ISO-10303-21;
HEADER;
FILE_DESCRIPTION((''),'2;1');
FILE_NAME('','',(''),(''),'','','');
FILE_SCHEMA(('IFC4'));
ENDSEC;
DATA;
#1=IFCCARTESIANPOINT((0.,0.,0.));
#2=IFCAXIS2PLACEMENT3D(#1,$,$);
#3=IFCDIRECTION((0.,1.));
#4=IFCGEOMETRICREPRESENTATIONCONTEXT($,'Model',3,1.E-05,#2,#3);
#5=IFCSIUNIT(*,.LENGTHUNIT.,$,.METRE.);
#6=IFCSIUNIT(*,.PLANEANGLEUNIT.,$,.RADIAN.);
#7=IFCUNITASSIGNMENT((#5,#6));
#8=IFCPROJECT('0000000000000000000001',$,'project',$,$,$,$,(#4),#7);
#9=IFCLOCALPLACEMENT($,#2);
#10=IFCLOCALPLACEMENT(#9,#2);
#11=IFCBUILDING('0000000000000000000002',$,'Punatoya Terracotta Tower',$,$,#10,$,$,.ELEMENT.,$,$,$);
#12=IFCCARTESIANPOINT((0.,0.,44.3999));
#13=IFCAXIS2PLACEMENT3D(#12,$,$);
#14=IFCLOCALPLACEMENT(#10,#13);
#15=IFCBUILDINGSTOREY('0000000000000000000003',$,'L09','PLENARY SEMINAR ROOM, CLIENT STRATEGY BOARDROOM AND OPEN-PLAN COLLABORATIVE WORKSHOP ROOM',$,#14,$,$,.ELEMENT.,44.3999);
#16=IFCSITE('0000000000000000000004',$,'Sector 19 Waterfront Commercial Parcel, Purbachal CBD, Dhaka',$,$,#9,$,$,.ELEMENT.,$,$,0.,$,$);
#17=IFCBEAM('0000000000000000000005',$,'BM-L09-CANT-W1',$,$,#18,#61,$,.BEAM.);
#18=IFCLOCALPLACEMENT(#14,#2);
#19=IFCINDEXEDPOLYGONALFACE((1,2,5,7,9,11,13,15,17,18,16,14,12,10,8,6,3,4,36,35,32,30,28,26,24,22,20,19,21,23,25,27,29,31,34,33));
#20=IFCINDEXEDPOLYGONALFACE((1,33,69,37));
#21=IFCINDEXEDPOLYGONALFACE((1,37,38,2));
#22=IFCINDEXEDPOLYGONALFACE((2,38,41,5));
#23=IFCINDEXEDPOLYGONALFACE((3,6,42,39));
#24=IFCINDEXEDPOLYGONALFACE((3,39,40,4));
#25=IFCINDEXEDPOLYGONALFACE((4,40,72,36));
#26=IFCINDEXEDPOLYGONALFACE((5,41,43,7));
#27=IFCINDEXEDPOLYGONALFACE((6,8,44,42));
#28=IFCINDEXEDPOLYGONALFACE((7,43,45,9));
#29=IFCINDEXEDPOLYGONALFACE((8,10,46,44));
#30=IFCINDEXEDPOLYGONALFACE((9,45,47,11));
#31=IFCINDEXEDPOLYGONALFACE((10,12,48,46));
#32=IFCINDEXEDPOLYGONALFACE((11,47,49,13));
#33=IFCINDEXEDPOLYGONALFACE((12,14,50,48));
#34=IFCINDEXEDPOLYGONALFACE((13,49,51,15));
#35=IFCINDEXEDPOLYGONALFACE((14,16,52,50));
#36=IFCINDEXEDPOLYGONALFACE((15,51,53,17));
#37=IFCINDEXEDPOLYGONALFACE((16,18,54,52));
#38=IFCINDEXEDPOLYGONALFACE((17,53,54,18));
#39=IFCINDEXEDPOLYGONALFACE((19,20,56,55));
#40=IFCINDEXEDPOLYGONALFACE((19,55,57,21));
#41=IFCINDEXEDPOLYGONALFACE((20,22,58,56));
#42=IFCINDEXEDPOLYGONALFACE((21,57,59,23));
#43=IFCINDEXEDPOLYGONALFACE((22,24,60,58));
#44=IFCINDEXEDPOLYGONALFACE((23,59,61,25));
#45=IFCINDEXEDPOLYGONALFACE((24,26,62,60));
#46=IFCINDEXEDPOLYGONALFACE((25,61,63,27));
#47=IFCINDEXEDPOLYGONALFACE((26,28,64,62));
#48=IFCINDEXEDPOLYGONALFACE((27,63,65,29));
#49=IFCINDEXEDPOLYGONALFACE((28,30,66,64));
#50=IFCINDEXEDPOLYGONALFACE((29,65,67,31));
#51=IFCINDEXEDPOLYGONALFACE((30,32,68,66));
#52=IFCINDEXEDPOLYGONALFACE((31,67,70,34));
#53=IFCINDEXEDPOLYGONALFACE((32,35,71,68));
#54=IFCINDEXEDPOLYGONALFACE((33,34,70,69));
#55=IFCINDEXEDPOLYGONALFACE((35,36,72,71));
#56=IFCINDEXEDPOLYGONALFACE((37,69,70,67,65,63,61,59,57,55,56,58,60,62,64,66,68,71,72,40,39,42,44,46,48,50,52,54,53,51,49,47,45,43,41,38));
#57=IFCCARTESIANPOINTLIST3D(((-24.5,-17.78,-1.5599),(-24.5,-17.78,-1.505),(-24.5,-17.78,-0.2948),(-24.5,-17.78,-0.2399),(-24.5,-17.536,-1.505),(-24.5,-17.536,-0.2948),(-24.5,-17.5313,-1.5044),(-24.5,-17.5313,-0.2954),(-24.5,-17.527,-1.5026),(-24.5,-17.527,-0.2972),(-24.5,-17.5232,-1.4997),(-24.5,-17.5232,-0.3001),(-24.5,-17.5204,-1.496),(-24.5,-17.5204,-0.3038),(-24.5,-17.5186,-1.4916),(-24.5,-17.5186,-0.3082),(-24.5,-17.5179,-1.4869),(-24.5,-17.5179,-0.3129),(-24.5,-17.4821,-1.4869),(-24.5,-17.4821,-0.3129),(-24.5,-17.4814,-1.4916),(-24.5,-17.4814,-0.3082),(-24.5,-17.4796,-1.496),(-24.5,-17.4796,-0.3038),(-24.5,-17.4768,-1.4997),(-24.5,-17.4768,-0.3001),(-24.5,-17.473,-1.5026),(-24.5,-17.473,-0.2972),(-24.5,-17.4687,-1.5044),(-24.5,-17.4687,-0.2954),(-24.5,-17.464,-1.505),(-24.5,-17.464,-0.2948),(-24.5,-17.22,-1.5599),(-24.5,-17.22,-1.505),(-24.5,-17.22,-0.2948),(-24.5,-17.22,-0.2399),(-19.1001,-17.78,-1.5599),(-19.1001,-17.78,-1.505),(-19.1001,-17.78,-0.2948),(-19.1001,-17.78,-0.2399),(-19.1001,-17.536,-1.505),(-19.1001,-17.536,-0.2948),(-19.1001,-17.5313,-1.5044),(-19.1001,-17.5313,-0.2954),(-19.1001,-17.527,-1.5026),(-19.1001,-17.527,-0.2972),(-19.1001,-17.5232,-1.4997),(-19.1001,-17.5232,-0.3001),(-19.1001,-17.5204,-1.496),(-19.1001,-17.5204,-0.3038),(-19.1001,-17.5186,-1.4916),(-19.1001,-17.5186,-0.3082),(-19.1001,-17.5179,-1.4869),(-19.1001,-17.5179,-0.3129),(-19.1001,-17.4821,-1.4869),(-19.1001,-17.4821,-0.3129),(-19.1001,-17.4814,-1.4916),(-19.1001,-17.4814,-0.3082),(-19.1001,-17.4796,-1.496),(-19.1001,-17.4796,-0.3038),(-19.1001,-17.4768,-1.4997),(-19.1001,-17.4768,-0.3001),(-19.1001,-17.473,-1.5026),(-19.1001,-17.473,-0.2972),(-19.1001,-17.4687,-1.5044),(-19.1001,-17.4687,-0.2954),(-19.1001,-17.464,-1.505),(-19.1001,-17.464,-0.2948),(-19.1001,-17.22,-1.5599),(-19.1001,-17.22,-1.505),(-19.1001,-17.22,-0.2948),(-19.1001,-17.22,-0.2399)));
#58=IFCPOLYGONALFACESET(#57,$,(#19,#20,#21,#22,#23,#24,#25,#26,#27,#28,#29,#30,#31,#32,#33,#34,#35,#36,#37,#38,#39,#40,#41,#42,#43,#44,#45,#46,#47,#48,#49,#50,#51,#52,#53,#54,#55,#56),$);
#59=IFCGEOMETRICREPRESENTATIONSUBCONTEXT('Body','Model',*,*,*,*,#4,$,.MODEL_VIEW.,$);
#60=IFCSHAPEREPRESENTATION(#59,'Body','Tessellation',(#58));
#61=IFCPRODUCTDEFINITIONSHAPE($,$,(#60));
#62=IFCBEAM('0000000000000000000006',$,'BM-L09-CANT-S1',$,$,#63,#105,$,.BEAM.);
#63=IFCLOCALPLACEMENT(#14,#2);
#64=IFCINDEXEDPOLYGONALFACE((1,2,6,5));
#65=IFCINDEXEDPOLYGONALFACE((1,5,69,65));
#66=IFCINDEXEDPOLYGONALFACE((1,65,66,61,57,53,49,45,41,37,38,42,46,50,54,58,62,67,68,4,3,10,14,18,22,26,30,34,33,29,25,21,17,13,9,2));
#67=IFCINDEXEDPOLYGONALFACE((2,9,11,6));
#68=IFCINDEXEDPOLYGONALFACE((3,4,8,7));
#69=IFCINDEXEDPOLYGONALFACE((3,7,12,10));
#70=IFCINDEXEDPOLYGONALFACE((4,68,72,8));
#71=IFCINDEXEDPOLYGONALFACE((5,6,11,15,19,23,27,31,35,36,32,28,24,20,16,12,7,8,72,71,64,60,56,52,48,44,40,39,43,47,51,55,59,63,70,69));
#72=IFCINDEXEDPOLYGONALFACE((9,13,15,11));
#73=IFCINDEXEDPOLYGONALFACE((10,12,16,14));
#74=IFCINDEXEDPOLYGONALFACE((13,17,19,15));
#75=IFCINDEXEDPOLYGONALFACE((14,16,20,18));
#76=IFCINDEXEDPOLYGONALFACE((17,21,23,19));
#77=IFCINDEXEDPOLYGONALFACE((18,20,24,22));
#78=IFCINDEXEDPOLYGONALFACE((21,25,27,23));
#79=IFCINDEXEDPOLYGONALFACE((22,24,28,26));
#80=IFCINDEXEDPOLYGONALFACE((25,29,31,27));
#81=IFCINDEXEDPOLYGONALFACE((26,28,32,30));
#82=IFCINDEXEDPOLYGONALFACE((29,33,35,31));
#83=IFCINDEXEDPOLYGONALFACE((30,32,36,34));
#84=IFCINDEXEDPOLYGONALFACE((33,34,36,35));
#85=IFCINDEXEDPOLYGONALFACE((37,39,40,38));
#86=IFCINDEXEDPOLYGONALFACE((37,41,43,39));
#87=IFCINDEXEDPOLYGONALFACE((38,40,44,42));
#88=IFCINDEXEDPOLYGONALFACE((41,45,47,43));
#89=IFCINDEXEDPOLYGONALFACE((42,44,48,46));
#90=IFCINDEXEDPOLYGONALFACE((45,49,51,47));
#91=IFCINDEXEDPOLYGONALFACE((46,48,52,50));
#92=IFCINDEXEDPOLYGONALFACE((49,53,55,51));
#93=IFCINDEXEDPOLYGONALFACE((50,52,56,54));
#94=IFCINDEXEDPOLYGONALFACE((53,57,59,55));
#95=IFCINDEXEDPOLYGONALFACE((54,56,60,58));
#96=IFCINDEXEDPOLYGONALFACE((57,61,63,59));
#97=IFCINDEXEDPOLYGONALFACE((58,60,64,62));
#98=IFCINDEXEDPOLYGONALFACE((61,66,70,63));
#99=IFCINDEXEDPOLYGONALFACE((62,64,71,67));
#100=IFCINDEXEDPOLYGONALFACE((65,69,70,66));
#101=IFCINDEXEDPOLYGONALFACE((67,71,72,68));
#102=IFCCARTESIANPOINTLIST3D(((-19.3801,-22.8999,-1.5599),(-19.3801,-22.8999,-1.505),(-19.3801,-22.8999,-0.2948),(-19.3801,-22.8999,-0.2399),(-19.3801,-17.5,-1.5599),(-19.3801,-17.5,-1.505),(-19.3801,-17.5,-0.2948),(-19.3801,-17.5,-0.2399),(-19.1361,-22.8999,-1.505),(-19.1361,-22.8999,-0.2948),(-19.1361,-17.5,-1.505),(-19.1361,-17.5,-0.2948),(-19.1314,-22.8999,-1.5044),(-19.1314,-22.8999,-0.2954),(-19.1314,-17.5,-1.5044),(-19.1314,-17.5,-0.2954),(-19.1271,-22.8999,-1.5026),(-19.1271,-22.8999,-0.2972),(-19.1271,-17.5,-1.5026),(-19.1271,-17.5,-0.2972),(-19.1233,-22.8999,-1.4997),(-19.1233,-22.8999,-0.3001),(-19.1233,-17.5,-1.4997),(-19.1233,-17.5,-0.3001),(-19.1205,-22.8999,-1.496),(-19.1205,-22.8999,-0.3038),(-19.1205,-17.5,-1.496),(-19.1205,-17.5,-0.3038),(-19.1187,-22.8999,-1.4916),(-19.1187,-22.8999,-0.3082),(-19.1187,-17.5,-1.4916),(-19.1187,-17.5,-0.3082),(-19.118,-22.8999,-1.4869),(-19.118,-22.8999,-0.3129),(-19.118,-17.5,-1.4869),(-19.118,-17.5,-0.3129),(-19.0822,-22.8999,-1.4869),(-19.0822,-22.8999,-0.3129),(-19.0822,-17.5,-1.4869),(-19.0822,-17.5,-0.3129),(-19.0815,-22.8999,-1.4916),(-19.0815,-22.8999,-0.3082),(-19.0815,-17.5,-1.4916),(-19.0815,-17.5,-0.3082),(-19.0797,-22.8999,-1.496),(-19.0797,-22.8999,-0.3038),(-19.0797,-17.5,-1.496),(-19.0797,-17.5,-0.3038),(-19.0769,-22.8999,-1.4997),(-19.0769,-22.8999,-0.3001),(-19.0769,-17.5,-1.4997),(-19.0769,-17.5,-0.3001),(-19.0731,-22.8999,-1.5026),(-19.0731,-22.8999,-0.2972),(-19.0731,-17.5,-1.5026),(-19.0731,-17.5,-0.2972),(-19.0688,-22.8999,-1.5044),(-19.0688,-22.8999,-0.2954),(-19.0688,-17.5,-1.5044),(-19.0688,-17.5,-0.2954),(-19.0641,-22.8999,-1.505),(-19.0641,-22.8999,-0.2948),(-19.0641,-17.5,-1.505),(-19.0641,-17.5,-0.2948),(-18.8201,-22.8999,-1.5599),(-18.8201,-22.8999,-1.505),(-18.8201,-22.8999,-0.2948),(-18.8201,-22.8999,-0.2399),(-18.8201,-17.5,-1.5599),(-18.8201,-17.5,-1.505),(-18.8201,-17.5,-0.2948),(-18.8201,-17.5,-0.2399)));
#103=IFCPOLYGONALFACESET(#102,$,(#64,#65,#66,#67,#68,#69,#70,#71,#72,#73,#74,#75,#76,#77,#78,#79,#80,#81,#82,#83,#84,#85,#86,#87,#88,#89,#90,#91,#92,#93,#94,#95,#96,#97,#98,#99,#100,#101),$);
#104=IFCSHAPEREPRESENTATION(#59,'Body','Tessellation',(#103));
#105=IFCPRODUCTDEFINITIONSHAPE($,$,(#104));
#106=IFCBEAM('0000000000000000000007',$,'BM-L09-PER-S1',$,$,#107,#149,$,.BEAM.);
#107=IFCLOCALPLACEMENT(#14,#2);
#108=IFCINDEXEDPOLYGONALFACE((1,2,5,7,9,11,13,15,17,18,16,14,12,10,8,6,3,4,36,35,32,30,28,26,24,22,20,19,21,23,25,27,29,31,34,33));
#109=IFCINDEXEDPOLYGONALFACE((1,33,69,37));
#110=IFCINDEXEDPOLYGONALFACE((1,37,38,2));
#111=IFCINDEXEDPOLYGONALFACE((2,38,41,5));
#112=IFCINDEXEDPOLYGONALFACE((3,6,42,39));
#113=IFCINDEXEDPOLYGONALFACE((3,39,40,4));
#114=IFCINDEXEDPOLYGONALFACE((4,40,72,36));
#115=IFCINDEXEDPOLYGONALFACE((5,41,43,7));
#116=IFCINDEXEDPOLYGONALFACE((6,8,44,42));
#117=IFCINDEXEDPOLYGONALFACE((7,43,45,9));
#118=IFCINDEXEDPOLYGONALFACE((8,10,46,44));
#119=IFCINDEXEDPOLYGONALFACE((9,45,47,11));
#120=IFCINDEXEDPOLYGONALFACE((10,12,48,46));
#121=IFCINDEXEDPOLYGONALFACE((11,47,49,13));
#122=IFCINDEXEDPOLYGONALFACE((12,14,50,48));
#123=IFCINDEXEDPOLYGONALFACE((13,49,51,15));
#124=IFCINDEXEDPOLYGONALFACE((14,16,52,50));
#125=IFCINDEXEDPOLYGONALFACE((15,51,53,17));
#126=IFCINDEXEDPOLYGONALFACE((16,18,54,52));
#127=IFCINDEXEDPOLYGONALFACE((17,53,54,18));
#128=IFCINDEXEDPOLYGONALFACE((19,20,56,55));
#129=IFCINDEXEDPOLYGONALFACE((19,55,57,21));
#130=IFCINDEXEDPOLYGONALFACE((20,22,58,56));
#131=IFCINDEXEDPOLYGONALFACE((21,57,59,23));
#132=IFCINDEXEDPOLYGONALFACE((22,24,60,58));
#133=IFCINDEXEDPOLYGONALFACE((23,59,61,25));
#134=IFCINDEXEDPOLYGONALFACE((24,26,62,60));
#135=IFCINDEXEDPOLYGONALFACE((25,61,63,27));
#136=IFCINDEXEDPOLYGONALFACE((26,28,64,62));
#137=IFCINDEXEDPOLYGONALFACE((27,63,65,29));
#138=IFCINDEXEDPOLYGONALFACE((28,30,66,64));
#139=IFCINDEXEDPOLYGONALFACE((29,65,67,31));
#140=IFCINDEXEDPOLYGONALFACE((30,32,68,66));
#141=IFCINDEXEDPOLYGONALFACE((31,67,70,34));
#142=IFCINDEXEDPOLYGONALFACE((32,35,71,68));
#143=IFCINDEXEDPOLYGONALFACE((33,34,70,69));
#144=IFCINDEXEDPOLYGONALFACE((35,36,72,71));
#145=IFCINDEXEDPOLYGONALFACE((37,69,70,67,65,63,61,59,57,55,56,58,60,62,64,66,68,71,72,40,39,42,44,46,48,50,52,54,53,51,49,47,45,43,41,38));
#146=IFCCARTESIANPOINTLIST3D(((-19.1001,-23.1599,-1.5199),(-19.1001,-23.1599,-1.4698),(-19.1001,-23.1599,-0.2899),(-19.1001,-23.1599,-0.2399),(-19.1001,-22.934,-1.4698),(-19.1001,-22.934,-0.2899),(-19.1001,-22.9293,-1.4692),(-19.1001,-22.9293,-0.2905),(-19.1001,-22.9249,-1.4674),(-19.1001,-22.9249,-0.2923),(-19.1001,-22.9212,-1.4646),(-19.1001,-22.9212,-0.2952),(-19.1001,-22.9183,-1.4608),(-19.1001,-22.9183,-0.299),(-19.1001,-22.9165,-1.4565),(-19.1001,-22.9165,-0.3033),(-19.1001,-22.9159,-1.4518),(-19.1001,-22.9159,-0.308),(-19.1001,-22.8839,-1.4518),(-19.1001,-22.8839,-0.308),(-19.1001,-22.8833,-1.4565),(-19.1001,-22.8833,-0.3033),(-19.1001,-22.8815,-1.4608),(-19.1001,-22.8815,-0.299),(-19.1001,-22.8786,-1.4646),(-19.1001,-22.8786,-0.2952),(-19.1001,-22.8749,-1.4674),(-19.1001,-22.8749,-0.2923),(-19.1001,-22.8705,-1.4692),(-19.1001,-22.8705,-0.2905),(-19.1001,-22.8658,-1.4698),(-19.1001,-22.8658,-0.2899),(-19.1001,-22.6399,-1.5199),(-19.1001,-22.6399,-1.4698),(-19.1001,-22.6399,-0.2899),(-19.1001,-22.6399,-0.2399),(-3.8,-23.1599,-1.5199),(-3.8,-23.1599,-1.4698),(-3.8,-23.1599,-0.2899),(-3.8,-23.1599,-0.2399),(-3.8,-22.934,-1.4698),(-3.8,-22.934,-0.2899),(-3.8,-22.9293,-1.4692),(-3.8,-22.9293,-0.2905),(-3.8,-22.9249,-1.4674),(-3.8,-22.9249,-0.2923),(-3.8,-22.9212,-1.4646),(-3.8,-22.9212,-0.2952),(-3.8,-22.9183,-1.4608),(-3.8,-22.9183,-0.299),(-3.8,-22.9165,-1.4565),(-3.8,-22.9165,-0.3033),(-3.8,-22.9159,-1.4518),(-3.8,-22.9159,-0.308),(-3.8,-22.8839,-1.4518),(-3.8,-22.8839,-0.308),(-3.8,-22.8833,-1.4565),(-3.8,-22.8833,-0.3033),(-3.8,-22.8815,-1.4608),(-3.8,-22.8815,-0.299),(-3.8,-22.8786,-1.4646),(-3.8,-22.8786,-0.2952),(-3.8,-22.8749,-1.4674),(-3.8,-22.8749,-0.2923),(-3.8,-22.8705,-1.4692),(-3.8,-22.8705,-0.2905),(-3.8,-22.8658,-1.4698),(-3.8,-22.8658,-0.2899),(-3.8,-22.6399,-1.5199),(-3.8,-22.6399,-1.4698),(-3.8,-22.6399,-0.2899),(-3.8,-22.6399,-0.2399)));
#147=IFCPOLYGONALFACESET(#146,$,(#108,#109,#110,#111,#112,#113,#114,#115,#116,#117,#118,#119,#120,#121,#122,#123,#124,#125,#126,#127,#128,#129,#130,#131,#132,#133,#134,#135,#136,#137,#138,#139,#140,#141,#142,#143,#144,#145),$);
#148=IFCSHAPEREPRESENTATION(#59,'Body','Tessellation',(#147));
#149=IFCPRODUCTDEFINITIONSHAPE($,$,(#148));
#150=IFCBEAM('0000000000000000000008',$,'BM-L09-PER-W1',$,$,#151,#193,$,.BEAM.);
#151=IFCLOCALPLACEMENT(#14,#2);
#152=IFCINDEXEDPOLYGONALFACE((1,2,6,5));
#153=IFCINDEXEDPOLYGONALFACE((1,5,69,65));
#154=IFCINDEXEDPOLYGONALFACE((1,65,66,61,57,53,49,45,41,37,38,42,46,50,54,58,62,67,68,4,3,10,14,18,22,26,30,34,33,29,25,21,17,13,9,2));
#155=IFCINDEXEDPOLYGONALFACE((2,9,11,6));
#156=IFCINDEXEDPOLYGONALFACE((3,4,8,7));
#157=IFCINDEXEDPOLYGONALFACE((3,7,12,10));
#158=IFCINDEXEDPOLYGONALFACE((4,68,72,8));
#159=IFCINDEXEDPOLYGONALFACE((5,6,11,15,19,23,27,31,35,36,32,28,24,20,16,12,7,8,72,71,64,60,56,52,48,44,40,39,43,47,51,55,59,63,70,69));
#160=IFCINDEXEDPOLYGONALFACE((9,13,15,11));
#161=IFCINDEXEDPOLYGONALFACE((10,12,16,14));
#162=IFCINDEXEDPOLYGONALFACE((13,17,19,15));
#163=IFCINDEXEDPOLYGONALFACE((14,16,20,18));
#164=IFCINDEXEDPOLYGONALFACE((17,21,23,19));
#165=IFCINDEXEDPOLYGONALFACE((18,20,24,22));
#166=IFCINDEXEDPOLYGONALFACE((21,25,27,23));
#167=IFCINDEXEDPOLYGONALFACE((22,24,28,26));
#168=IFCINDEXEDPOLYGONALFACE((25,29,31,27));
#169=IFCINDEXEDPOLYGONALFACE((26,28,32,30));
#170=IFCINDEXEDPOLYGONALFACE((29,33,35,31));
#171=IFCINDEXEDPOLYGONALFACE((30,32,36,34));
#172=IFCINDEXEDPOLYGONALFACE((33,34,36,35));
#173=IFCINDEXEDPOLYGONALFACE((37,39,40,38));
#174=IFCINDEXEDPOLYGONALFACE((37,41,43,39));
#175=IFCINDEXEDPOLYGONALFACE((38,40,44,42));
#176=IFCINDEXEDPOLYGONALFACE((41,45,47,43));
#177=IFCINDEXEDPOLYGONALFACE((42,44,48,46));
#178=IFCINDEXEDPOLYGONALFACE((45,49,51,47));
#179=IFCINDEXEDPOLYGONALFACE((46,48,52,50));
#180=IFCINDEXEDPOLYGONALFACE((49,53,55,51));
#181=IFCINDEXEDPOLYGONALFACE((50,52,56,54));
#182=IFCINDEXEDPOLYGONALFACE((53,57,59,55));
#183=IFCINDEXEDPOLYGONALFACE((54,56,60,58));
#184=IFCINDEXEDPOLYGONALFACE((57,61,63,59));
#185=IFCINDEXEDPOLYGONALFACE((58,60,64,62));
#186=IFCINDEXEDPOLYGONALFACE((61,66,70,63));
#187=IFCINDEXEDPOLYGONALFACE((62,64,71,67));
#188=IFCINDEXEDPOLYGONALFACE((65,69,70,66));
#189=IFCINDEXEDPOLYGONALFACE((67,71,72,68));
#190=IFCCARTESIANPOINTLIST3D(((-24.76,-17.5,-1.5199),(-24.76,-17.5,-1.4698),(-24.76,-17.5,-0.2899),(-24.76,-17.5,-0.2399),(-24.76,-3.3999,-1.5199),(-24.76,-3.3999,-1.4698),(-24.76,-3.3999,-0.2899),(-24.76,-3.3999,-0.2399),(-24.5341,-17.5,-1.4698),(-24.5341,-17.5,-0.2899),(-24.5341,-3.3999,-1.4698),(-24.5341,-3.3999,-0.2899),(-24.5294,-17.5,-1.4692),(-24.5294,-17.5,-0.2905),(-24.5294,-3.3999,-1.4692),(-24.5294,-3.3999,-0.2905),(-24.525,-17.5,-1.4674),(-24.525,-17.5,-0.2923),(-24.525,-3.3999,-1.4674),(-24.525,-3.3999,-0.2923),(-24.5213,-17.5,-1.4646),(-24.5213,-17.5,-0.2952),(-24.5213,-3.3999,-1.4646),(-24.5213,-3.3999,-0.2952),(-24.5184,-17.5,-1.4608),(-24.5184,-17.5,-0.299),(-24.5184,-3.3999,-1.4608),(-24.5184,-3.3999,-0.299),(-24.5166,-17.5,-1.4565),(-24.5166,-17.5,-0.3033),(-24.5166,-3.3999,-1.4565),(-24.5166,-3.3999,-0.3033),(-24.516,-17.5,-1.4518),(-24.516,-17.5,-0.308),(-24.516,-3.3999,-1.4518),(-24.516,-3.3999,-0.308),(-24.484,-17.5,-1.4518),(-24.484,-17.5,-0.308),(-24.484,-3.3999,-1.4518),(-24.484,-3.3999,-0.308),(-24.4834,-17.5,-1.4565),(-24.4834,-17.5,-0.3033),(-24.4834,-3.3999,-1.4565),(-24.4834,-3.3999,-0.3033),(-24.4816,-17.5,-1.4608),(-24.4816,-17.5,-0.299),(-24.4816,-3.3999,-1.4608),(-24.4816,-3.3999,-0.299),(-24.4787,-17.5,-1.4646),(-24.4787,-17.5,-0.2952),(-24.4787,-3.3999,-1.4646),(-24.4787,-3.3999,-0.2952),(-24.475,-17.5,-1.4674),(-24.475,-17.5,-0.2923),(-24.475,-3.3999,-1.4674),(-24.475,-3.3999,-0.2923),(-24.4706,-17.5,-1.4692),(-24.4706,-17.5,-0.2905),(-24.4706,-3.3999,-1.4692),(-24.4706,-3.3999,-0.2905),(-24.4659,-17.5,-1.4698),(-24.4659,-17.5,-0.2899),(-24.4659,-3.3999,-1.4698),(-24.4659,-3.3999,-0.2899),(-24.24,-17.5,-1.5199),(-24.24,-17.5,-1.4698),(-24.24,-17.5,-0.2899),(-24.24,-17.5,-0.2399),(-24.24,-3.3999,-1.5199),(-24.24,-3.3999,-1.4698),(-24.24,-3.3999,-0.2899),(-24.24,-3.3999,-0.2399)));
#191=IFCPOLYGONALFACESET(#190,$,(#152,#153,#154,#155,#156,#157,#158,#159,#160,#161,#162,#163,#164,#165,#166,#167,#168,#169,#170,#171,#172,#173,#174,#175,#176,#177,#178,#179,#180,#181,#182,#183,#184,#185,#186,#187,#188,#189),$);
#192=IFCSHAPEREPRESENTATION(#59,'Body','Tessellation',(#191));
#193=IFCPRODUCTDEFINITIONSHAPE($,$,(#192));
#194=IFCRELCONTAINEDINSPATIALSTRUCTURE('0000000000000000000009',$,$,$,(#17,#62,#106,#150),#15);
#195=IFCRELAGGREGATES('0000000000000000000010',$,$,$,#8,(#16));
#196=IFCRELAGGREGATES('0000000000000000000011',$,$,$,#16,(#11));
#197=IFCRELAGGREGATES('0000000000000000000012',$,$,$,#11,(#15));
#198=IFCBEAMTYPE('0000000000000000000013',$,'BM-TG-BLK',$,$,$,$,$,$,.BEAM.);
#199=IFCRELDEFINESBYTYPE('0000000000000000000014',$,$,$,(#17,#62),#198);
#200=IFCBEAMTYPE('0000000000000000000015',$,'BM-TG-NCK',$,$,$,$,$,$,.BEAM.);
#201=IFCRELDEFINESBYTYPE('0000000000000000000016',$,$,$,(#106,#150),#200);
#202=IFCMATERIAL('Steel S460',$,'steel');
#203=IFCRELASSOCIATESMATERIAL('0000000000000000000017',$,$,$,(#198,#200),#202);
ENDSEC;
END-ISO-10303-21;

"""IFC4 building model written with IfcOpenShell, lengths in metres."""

from ifc_helpers import new_model, si_unit, direction, frame, origin, origin_2d, place, context, subcontext, project, spatial, i_section, extrude, material, material_profile, profile_set, type_object, element, save


model = new_model("IFC4")

# Units and contexts
model_context = context("Model", 3, precision=1e-05, world=origin(), true_north=direction((0.0, 1.0)))
body_context = subcontext(model_context, "Body", "Model", "MODEL_VIEW")
ifc_project = project(units=[si_unit("LENGTHUNIT", "METRE"), si_unit("PLANEANGLEUNIT", "RADIAN")], contexts=[model_context])

# Site, building, storey
site_placement = place(None, origin())
site = spatial("IfcSite", under=ifc_project, at=site_placement, Name="Sector 19 Waterfront Commercial Parcel, Purbachal CBD, Dhaka", CompositionType="ELEMENT", RefElevation=0.0)
building_placement = place(site_placement, origin())
building = spatial("IfcBuilding", under=site, at=building_placement, Name="Punatoya Terracotta Tower", CompositionType="ELEMENT")
storey_placement = place(building_placement, frame((0.0, 0.0, 44.3999)))
storey = spatial("IfcBuildingStorey", under=building, at=storey_placement, Name="L09", Description="PLENARY SEMINAR ROOM, CLIENT STRATEGY BOARDROOM AND OPEN-PLAN COLLABORATIVE WORKSHOP ROOM", CompositionType="ELEMENT", Elevation=44.3999)

# Shared definitions
ifc_material_1 = material(Name="Steel S460", Category="steel")

# Beams
ifc_material_profile_1 = material_profile(ifc_material_1, i_section(OverallWidth=0.5601, OverallDepth=1.3201, WebThickness=0.0359, FlangeThickness=0.0549, FilletRadius=0.0181, at=origin_2d()))
ifc_profile_set_1 = profile_set([ifc_material_profile_1], Name="Steel S460")
beam_type_1 = type_object("IfcBeamType", Name="BM-TG-BLK", PredefinedType="BEAM", material=ifc_profile_set_1)
for number, where, z_axis, x_axis, name in (
    (1, (-24.5, -17.5, -0.8999), (1.0, 0.0, 0.0), (0.0, 1.0, 0.0), "BM-L09-CANT-W1"),
    (2, (-19.1001, -22.8999, -0.8999), (0.0, 1.0, 0.0), (-1.0, 0.0, 0.0), "BM-L09-CANT-S1"),
):
    element("IfcBeam", number, at=place(storey_placement, frame(where, z_axis=z_axis, x_axis=x_axis)), inside=storey, type_object=beam_type_1, Name=name, PredefinedType="BEAM", context=body_context, shape_type="SweptSolid", body=[
        extrude(i_section(OverallWidth=0.5601, OverallDepth=1.3201, WebThickness=0.0359, FlangeThickness=0.0549, FilletRadius=0.0181, at=origin_2d()), origin(), (0.0, 0.0, 1.0), 5.3999),
    ])
ifc_material_profile_2 = material_profile(ifc_material_1, i_section(OverallWidth=0.52, OverallDepth=1.28, WebThickness=0.032, FlangeThickness=0.05, FilletRadius=0.0181, at=origin_2d()))
ifc_profile_set_2 = profile_set([ifc_material_profile_2], Name="Steel S460")
beam_type_2 = type_object("IfcBeamType", Name="BM-TG-NCK", PredefinedType="BEAM", material=ifc_profile_set_2)
beam_1_placement = place(storey_placement, frame((-19.1001, -22.8999, -0.8799), z_axis=(1.0, 0.0, 0.0), x_axis=(0.0, 1.0, 0.0)))
element("IfcBeam", 3, at=beam_1_placement, inside=storey, type_object=beam_type_2, Name="BM-L09-PER-S1", PredefinedType="BEAM", context=body_context, shape_type="SweptSolid", body=[
    extrude(i_section(OverallWidth=0.52, OverallDepth=1.28, WebThickness=0.032, FlangeThickness=0.05, FilletRadius=0.0181, at=origin_2d()), origin(), (0.0, 0.0, 1.0), 15.3),
])
beam_2_placement = place(storey_placement, frame((-24.5, -17.5, -0.8799), z_axis=(0.0, 1.0, 0.0), x_axis=(-1.0, 0.0, 0.0)))
element("IfcBeam", 4, at=beam_2_placement, inside=storey, type_object=beam_type_2, Name="BM-L09-PER-W1", PredefinedType="BEAM", context=body_context, shape_type="SweptSolid", body=[
    extrude(i_section(OverallWidth=0.52, OverallDepth=1.28, WebThickness=0.032, FlangeThickness=0.05, FilletRadius=0.0181, at=origin_2d()), origin(), (0.0, 0.0, 1.0), 14.1001),
])

save(model, "model.ifc")
